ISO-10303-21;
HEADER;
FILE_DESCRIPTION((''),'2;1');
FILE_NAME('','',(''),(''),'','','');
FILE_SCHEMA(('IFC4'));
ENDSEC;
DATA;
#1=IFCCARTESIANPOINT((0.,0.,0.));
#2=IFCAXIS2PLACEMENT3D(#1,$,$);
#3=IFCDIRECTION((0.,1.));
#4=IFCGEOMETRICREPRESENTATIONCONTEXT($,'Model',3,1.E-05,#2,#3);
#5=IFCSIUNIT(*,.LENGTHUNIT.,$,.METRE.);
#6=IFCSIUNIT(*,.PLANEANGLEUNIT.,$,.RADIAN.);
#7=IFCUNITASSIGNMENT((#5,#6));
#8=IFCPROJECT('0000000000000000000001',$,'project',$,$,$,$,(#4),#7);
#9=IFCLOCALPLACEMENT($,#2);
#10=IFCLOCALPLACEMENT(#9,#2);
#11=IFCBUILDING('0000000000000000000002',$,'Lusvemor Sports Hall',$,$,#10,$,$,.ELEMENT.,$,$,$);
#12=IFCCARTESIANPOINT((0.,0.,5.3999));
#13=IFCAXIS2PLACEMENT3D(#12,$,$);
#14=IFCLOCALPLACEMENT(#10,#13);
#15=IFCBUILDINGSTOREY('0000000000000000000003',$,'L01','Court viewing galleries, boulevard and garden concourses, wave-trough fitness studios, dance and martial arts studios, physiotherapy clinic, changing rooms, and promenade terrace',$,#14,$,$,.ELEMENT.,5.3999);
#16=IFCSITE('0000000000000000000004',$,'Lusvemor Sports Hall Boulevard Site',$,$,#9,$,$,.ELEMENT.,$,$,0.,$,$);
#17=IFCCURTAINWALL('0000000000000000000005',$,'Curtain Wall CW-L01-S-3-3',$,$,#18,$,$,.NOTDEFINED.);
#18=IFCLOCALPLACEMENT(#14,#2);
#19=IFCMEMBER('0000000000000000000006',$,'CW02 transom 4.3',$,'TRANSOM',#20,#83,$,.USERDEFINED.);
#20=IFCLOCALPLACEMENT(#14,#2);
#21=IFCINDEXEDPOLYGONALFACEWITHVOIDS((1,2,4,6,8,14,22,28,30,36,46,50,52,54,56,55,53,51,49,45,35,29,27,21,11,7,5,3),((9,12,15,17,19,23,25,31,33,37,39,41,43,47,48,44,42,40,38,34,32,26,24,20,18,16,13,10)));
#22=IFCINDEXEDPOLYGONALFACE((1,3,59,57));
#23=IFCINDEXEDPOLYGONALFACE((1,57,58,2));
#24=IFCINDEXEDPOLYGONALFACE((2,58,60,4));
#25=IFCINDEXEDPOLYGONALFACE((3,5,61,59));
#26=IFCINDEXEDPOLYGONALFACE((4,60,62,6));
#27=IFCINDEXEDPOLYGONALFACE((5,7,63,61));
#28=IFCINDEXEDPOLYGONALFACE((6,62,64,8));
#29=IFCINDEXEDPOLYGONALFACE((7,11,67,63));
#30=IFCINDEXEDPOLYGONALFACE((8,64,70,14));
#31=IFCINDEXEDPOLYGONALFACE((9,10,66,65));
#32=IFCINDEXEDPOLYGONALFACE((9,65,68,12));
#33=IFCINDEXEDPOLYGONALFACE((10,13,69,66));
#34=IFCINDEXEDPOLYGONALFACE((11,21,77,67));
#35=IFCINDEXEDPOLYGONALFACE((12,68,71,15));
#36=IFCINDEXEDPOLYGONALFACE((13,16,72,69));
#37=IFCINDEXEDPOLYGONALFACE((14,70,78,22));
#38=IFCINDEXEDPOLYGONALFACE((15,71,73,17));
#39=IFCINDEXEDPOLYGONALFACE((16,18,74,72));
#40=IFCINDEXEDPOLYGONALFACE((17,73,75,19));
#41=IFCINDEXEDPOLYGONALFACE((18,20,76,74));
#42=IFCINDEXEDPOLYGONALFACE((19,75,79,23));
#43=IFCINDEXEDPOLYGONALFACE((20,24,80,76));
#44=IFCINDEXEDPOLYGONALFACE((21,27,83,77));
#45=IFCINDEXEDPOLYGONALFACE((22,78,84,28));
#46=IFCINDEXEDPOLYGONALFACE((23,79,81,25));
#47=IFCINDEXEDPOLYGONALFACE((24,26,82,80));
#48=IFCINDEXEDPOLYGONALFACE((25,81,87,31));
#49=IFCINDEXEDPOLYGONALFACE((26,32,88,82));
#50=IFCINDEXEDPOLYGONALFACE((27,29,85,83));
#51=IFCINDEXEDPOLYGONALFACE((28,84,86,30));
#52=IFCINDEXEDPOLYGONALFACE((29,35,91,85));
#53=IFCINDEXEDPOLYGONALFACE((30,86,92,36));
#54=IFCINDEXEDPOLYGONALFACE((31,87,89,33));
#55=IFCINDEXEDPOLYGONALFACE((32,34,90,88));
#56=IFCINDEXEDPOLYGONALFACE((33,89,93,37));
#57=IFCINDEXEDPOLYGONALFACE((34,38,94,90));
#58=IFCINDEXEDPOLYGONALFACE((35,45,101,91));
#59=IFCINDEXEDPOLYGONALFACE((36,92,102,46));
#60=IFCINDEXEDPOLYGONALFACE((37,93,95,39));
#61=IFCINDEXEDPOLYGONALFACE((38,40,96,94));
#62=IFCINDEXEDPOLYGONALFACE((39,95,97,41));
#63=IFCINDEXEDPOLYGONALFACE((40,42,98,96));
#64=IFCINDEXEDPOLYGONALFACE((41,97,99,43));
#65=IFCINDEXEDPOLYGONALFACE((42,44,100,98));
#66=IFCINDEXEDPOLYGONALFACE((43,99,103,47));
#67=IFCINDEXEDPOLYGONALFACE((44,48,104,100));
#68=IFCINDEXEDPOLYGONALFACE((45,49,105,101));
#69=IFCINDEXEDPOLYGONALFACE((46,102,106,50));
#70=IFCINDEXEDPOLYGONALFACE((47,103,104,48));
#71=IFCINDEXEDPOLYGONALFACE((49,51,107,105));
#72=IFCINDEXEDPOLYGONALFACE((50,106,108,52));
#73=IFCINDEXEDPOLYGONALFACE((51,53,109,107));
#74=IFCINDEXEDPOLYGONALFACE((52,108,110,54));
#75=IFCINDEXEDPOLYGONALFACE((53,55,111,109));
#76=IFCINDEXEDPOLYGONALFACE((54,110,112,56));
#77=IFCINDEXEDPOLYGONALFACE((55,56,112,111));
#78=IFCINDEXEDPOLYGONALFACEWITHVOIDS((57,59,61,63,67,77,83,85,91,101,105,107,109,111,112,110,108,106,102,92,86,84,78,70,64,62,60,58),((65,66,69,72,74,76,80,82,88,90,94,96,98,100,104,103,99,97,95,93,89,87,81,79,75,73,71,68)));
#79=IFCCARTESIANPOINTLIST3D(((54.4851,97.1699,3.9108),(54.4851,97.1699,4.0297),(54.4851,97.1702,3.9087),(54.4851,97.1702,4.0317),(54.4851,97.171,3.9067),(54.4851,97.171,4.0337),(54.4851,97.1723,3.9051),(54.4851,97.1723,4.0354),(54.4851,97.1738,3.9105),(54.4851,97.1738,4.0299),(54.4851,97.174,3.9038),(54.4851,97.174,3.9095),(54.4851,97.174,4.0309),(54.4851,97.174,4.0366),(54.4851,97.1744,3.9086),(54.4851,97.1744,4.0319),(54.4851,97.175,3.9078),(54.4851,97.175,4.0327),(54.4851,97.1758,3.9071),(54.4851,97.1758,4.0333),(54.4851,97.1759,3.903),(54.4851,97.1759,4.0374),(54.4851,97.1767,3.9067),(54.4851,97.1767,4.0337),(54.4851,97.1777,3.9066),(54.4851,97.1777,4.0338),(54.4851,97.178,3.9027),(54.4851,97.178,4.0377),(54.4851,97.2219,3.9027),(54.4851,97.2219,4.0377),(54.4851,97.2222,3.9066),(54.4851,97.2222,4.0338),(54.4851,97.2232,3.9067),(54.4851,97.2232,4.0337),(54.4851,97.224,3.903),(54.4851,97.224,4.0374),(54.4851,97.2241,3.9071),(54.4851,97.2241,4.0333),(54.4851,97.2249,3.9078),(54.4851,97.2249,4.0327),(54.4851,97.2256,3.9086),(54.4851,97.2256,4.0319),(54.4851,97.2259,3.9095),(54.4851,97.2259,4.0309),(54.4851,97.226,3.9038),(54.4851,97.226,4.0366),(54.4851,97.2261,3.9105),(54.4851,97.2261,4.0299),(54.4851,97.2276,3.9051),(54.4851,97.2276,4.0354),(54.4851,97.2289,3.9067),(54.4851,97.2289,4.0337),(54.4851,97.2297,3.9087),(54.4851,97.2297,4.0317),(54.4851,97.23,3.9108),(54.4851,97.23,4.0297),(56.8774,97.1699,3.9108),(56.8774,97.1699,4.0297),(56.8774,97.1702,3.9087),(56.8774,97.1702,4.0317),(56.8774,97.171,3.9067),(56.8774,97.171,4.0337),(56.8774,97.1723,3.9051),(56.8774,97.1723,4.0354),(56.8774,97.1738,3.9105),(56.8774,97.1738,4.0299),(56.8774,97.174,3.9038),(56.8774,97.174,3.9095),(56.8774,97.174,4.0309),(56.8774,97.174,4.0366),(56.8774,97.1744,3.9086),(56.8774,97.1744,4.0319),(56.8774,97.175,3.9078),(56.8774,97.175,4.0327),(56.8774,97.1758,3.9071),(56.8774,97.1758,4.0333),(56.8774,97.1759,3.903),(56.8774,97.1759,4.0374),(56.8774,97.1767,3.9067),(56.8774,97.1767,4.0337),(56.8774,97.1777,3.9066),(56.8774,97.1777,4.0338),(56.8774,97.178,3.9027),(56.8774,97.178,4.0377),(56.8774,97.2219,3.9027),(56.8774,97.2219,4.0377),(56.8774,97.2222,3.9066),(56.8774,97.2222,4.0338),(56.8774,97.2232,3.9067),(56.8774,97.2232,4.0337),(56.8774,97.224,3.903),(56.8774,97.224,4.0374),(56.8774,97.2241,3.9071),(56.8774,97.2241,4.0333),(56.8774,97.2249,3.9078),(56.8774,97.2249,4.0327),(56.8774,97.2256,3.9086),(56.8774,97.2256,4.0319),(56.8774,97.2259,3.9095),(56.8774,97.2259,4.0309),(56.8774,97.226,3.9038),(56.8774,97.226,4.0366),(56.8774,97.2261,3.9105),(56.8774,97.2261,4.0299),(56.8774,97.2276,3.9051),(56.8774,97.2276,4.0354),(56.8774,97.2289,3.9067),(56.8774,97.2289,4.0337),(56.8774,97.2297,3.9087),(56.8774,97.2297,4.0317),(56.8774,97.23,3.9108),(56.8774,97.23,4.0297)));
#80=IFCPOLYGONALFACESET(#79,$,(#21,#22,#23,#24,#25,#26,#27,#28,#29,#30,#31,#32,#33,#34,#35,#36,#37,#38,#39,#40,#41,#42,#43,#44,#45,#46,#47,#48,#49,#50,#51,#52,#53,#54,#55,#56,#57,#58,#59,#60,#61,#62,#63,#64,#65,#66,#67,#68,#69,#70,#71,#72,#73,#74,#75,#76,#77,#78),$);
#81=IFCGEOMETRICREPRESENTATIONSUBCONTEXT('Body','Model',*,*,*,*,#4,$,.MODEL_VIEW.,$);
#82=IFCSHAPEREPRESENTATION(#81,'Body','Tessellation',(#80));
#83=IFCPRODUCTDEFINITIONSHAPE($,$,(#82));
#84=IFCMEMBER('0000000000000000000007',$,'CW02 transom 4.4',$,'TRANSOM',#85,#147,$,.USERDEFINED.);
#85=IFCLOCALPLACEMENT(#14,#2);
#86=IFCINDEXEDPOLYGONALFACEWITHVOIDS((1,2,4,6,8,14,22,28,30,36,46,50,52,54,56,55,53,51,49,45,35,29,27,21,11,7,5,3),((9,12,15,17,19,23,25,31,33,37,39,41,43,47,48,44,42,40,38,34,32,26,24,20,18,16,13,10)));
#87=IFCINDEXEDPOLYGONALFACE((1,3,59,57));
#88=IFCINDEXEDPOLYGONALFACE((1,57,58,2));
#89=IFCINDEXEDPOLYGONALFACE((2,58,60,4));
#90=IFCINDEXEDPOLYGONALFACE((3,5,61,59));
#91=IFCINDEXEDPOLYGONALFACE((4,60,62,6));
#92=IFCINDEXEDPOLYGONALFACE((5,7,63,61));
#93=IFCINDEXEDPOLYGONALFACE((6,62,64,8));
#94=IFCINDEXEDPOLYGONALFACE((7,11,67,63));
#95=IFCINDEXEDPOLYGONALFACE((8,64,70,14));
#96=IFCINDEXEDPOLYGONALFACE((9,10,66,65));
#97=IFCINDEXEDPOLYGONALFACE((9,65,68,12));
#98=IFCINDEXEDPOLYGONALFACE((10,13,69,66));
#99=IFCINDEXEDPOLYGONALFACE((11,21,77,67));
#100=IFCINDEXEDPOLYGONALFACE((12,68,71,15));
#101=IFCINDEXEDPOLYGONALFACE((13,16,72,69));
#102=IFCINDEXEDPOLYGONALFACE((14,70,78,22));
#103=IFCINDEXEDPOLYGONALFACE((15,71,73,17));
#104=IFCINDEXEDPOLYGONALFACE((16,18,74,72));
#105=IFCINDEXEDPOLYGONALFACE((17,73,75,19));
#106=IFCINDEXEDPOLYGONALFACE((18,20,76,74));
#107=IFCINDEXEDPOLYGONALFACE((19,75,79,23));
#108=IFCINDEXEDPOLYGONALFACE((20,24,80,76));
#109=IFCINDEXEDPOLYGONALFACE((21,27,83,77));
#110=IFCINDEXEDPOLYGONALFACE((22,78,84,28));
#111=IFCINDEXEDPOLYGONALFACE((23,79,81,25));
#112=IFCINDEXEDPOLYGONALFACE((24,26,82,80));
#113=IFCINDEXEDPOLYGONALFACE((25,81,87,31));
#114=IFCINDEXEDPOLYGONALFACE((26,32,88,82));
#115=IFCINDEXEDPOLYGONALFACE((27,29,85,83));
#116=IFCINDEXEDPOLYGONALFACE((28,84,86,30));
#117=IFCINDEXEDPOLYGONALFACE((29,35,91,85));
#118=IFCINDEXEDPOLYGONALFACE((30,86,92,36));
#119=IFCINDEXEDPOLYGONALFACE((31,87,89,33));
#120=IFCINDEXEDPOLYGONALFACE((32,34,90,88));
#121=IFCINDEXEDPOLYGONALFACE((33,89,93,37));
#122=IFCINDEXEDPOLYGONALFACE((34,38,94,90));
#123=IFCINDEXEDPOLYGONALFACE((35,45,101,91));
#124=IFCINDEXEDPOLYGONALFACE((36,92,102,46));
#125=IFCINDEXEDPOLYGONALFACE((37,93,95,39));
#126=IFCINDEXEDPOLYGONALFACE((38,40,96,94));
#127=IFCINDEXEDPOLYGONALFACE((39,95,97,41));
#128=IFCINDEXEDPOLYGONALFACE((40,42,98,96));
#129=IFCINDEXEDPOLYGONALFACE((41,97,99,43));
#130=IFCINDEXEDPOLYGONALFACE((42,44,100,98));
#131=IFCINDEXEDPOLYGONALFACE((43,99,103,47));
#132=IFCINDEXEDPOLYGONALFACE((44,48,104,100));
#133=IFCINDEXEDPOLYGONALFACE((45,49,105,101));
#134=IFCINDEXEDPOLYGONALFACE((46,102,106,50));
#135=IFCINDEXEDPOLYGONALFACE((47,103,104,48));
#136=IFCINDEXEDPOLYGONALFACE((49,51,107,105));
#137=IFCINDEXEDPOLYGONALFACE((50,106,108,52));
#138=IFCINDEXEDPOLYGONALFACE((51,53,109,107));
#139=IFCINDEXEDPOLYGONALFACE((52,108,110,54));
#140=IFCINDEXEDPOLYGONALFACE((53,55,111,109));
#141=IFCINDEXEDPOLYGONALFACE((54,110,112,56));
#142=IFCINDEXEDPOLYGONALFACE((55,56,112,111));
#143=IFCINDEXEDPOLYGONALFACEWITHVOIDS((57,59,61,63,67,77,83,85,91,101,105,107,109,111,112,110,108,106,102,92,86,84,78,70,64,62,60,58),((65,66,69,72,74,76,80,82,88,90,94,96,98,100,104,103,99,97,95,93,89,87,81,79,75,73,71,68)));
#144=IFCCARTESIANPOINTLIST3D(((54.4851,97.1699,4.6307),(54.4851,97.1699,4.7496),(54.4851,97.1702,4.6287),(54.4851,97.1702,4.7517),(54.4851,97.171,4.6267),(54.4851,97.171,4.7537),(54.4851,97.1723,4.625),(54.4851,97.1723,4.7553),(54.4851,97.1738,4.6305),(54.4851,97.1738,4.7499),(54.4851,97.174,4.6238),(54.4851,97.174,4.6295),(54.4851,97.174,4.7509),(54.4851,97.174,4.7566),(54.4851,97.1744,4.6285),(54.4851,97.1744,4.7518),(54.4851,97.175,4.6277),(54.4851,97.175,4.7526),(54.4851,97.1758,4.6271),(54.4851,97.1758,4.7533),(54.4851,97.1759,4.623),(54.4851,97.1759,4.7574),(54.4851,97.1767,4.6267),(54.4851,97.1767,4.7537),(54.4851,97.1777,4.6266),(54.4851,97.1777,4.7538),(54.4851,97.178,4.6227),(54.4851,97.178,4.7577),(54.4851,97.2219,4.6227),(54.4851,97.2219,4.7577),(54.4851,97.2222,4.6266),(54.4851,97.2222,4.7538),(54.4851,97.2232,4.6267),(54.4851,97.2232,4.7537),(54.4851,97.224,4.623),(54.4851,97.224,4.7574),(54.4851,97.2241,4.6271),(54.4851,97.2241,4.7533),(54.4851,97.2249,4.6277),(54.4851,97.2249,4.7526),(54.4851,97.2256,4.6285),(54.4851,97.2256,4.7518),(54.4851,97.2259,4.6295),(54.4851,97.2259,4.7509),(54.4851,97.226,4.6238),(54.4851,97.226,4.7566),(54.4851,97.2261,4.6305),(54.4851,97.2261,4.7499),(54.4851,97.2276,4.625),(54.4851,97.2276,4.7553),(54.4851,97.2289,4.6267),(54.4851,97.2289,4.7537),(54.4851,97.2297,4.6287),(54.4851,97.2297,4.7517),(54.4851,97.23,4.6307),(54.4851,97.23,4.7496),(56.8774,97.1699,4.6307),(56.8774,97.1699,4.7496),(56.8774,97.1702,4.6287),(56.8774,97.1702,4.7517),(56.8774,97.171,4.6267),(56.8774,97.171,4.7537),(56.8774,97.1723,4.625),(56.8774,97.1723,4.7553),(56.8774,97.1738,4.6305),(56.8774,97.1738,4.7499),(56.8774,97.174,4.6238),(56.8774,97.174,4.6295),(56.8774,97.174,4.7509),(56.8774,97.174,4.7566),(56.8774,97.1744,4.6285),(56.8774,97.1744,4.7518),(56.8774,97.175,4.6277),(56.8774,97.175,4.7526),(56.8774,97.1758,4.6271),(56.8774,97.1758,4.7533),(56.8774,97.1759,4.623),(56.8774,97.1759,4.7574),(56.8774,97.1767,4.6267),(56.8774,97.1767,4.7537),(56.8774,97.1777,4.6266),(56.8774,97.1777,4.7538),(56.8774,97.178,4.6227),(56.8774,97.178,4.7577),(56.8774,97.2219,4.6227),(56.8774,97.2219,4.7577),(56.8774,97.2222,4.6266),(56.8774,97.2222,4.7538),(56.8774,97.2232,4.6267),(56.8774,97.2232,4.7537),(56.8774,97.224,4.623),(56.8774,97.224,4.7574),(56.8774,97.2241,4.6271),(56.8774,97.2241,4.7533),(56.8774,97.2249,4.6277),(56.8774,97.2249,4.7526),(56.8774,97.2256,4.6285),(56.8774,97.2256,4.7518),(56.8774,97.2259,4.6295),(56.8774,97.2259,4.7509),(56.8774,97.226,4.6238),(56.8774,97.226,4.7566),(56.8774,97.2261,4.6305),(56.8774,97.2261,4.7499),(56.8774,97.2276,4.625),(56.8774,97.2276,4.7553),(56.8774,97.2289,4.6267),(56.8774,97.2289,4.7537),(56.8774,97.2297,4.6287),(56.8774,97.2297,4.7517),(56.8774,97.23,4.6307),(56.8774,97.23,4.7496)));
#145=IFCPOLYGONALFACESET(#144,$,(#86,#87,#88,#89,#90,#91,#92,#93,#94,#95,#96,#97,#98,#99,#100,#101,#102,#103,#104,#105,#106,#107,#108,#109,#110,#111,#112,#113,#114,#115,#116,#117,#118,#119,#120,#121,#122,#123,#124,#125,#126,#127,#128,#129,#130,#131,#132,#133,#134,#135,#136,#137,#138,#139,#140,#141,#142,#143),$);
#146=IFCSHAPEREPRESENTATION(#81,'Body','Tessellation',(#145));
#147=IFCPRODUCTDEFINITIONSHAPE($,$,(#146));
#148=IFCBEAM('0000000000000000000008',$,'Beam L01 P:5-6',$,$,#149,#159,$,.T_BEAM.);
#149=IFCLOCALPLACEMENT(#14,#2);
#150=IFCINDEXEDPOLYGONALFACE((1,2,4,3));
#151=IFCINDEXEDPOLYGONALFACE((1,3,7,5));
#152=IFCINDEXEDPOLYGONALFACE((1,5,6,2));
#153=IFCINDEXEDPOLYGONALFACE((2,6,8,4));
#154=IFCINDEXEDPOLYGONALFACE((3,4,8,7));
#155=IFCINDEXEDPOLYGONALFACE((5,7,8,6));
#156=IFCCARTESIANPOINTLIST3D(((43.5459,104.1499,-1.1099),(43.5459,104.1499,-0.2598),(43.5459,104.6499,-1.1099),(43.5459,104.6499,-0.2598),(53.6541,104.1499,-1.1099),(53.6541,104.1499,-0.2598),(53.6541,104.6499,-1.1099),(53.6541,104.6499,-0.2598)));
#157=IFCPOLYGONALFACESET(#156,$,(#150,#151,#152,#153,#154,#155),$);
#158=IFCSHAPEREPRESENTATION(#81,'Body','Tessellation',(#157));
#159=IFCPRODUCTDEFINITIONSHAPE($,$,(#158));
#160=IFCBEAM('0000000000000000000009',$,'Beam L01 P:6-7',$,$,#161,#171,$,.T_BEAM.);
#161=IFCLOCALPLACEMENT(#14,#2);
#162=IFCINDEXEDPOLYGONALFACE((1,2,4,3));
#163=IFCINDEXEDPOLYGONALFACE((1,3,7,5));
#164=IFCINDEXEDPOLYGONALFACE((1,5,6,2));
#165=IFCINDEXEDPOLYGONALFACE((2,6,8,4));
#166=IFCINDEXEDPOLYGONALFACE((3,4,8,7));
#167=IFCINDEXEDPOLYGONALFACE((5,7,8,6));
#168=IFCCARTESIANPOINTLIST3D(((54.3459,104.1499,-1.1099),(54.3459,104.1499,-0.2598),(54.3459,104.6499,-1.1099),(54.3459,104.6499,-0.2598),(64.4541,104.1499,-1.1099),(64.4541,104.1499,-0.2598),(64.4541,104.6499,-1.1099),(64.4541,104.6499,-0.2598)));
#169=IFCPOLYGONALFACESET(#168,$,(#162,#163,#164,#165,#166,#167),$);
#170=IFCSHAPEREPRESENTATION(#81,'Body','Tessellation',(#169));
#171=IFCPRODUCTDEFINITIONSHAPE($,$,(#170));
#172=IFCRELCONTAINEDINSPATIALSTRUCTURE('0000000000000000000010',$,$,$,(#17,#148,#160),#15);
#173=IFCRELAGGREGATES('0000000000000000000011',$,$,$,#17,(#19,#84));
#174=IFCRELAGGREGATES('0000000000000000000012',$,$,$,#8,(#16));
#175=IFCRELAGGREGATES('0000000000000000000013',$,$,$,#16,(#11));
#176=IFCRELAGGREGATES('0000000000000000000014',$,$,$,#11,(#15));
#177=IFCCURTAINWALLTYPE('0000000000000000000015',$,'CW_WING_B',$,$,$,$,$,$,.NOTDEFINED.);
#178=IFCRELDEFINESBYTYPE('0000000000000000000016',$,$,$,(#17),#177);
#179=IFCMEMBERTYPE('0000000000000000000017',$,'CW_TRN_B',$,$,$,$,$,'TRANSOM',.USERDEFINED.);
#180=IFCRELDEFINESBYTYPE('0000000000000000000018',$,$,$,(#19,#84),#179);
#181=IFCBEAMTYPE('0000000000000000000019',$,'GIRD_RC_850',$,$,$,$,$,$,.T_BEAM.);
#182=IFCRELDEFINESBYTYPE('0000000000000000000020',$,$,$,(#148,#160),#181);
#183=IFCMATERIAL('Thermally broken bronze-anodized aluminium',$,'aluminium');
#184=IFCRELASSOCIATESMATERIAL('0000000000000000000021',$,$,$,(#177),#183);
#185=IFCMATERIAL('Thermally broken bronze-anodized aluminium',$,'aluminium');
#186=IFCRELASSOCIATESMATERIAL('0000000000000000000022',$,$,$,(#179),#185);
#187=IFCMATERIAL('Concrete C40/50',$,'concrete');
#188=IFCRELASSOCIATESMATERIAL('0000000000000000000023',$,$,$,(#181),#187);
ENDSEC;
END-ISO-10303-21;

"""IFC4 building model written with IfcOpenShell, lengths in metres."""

from ifc_helpers import new_model, si_unit, direction, frame, origin, origin_2d, place, context, subcontext, project, spatial, rectangle, hollow_rectangle, extrude, material, material_profile, profile_set, type_object, element, aggregate, save


model = new_model("IFC4")

# Units and contexts
model_context = context("Model", 3, precision=1e-05, world=origin(), true_north=direction((0.0, 1.0)))
body_context = subcontext(model_context, "Body", "Model", "MODEL_VIEW")
ifc_project = project(units=[si_unit("LENGTHUNIT", "METRE"), si_unit("PLANEANGLEUNIT", "RADIAN")], contexts=[model_context])

# Site, building, storey
site_placement = place(None, origin())
site = spatial("IfcSite", under=ifc_project, at=site_placement, Name="Lusvemor Sports Hall Boulevard Site", CompositionType="ELEMENT", RefElevation=0.0)
building_placement = place(site_placement, origin())
building = spatial("IfcBuilding", under=site, at=building_placement, Name="Lusvemor Sports Hall", CompositionType="ELEMENT")
storey_placement = place(building_placement, frame((0.0, 0.0, 5.3999)))
storey = spatial("IfcBuildingStorey", under=building, at=storey_placement, Name="L01", Description="Court viewing galleries, boulevard and garden concourses, wave-trough fitness studios, dance and martial arts studios, physiotherapy clinic, changing rooms, and promenade terrace", CompositionType="ELEMENT", Elevation=5.3999)

# Curtain wall, members
ifc_material_1 = material(Name="Thermally broken bronze-anodized aluminium", Category="aluminium")
curtain_wall_type = type_object("IfcCurtainWallType", Name="CW_WING_B", PredefinedType="NOTDEFINED", material=ifc_material_1)
curtain_wall_placement = place(storey_placement, origin())
curtain_wall = element("IfcCurtainWall", 1, at=curtain_wall_placement, inside=storey, type_object=curtain_wall_type, Name="Curtain Wall CW-L01-S-3-3", PredefinedType="NOTDEFINED")
ifc_material_2 = material(Name="Thermally broken bronze-anodized aluminium", Category="aluminium")
ifc_material_profile_1 = material_profile(ifc_material_2, hollow_rectangle(XDim=0.0601, YDim=0.135, WallThickness=0.0039, InnerFilletRadius=0.0039, OuterFilletRadius=0.0081, at=origin_2d()), Name="CWTRN135x60x4")
ifc_profile_set_1 = profile_set([ifc_material_profile_1], Name="Thermally broken bronze-anodized aluminium")
member_type_1 = type_object("IfcMemberType", Name="CW_TRN_B", ElementType="TRANSOM", PredefinedType="USERDEFINED", material=ifc_profile_set_1)
member_1_placement = place(storey_placement, frame((56.8774, 97.2, 3.9702), z_axis=(-1.0, 0.0, 0.0), x_axis=(0.0, -1.0, 0.0)))
member_1 = element("IfcMember", 2, at=member_1_placement, type_object=member_type_1, Name="CW02 transom 4.3", ObjectType="TRANSOM", PredefinedType="USERDEFINED", context=body_context, shape_type="SweptSolid", body=[
    extrude(hollow_rectangle(XDim=0.0601, YDim=0.135, WallThickness=0.0039, InnerFilletRadius=0.0039, OuterFilletRadius=0.0081, at=origin_2d()), origin(), (0.0, 0.0, 1.0), 2.3923),
])
member_2_placement = place(storey_placement, frame((56.8774, 97.2, 4.6902), z_axis=(-1.0, 0.0, 0.0), x_axis=(0.0, -1.0, 0.0)))
member_2 = element("IfcMember", 3, at=member_2_placement, type_object=member_type_1, Name="CW02 transom 4.4", ObjectType="TRANSOM", PredefinedType="USERDEFINED", context=body_context, shape_type="SweptSolid", body=[
    extrude(hollow_rectangle(XDim=0.0601, YDim=0.135, WallThickness=0.0039, InnerFilletRadius=0.0039, OuterFilletRadius=0.0081, at=origin_2d()), origin(), (0.0, 0.0, 1.0), 2.3923),
])

# Beams
ifc_material_3 = material(Name="Concrete C40/50", Category="concrete")
ifc_material_profile_2 = material_profile(ifc_material_3, rectangle(XDim=0.5, YDim=0.8501, at=origin_2d()), Name="RC500x850")
ifc_profile_set_2 = profile_set([ifc_material_profile_2], Name="Concrete C40/50")
beam_type_1 = type_object("IfcBeamType", Name="GIRD_RC_850", PredefinedType="T_BEAM", material=ifc_profile_set_2)
for number, where, z_axis, x_axis, name in (
    (4, (43.5459, 104.3999, -0.6848), (1.0, 0.0, 0.0), (0.0, 1.0, 0.0), "Beam L01 P:5-6"),
    (5, (54.3459, 104.3999, -0.6848), (1.0, 0.0, 0.0), (0.0, 1.0, 0.0), "Beam L01 P:6-7"),
):
    element("IfcBeam", number, at=place(storey_placement, frame(where, z_axis=z_axis, x_axis=x_axis)), inside=storey, type_object=beam_type_1, Name=name, PredefinedType="T_BEAM", context=body_context, shape_type="SweptSolid", body=[
        extrude(rectangle(XDim=0.5, YDim=0.8501, at=origin_2d()), origin(), (0.0, 0.0, 1.0), 10.1082),
    ])

aggregate(curtain_wall, [member_1, member_2])

save(model, "model.ifc")
